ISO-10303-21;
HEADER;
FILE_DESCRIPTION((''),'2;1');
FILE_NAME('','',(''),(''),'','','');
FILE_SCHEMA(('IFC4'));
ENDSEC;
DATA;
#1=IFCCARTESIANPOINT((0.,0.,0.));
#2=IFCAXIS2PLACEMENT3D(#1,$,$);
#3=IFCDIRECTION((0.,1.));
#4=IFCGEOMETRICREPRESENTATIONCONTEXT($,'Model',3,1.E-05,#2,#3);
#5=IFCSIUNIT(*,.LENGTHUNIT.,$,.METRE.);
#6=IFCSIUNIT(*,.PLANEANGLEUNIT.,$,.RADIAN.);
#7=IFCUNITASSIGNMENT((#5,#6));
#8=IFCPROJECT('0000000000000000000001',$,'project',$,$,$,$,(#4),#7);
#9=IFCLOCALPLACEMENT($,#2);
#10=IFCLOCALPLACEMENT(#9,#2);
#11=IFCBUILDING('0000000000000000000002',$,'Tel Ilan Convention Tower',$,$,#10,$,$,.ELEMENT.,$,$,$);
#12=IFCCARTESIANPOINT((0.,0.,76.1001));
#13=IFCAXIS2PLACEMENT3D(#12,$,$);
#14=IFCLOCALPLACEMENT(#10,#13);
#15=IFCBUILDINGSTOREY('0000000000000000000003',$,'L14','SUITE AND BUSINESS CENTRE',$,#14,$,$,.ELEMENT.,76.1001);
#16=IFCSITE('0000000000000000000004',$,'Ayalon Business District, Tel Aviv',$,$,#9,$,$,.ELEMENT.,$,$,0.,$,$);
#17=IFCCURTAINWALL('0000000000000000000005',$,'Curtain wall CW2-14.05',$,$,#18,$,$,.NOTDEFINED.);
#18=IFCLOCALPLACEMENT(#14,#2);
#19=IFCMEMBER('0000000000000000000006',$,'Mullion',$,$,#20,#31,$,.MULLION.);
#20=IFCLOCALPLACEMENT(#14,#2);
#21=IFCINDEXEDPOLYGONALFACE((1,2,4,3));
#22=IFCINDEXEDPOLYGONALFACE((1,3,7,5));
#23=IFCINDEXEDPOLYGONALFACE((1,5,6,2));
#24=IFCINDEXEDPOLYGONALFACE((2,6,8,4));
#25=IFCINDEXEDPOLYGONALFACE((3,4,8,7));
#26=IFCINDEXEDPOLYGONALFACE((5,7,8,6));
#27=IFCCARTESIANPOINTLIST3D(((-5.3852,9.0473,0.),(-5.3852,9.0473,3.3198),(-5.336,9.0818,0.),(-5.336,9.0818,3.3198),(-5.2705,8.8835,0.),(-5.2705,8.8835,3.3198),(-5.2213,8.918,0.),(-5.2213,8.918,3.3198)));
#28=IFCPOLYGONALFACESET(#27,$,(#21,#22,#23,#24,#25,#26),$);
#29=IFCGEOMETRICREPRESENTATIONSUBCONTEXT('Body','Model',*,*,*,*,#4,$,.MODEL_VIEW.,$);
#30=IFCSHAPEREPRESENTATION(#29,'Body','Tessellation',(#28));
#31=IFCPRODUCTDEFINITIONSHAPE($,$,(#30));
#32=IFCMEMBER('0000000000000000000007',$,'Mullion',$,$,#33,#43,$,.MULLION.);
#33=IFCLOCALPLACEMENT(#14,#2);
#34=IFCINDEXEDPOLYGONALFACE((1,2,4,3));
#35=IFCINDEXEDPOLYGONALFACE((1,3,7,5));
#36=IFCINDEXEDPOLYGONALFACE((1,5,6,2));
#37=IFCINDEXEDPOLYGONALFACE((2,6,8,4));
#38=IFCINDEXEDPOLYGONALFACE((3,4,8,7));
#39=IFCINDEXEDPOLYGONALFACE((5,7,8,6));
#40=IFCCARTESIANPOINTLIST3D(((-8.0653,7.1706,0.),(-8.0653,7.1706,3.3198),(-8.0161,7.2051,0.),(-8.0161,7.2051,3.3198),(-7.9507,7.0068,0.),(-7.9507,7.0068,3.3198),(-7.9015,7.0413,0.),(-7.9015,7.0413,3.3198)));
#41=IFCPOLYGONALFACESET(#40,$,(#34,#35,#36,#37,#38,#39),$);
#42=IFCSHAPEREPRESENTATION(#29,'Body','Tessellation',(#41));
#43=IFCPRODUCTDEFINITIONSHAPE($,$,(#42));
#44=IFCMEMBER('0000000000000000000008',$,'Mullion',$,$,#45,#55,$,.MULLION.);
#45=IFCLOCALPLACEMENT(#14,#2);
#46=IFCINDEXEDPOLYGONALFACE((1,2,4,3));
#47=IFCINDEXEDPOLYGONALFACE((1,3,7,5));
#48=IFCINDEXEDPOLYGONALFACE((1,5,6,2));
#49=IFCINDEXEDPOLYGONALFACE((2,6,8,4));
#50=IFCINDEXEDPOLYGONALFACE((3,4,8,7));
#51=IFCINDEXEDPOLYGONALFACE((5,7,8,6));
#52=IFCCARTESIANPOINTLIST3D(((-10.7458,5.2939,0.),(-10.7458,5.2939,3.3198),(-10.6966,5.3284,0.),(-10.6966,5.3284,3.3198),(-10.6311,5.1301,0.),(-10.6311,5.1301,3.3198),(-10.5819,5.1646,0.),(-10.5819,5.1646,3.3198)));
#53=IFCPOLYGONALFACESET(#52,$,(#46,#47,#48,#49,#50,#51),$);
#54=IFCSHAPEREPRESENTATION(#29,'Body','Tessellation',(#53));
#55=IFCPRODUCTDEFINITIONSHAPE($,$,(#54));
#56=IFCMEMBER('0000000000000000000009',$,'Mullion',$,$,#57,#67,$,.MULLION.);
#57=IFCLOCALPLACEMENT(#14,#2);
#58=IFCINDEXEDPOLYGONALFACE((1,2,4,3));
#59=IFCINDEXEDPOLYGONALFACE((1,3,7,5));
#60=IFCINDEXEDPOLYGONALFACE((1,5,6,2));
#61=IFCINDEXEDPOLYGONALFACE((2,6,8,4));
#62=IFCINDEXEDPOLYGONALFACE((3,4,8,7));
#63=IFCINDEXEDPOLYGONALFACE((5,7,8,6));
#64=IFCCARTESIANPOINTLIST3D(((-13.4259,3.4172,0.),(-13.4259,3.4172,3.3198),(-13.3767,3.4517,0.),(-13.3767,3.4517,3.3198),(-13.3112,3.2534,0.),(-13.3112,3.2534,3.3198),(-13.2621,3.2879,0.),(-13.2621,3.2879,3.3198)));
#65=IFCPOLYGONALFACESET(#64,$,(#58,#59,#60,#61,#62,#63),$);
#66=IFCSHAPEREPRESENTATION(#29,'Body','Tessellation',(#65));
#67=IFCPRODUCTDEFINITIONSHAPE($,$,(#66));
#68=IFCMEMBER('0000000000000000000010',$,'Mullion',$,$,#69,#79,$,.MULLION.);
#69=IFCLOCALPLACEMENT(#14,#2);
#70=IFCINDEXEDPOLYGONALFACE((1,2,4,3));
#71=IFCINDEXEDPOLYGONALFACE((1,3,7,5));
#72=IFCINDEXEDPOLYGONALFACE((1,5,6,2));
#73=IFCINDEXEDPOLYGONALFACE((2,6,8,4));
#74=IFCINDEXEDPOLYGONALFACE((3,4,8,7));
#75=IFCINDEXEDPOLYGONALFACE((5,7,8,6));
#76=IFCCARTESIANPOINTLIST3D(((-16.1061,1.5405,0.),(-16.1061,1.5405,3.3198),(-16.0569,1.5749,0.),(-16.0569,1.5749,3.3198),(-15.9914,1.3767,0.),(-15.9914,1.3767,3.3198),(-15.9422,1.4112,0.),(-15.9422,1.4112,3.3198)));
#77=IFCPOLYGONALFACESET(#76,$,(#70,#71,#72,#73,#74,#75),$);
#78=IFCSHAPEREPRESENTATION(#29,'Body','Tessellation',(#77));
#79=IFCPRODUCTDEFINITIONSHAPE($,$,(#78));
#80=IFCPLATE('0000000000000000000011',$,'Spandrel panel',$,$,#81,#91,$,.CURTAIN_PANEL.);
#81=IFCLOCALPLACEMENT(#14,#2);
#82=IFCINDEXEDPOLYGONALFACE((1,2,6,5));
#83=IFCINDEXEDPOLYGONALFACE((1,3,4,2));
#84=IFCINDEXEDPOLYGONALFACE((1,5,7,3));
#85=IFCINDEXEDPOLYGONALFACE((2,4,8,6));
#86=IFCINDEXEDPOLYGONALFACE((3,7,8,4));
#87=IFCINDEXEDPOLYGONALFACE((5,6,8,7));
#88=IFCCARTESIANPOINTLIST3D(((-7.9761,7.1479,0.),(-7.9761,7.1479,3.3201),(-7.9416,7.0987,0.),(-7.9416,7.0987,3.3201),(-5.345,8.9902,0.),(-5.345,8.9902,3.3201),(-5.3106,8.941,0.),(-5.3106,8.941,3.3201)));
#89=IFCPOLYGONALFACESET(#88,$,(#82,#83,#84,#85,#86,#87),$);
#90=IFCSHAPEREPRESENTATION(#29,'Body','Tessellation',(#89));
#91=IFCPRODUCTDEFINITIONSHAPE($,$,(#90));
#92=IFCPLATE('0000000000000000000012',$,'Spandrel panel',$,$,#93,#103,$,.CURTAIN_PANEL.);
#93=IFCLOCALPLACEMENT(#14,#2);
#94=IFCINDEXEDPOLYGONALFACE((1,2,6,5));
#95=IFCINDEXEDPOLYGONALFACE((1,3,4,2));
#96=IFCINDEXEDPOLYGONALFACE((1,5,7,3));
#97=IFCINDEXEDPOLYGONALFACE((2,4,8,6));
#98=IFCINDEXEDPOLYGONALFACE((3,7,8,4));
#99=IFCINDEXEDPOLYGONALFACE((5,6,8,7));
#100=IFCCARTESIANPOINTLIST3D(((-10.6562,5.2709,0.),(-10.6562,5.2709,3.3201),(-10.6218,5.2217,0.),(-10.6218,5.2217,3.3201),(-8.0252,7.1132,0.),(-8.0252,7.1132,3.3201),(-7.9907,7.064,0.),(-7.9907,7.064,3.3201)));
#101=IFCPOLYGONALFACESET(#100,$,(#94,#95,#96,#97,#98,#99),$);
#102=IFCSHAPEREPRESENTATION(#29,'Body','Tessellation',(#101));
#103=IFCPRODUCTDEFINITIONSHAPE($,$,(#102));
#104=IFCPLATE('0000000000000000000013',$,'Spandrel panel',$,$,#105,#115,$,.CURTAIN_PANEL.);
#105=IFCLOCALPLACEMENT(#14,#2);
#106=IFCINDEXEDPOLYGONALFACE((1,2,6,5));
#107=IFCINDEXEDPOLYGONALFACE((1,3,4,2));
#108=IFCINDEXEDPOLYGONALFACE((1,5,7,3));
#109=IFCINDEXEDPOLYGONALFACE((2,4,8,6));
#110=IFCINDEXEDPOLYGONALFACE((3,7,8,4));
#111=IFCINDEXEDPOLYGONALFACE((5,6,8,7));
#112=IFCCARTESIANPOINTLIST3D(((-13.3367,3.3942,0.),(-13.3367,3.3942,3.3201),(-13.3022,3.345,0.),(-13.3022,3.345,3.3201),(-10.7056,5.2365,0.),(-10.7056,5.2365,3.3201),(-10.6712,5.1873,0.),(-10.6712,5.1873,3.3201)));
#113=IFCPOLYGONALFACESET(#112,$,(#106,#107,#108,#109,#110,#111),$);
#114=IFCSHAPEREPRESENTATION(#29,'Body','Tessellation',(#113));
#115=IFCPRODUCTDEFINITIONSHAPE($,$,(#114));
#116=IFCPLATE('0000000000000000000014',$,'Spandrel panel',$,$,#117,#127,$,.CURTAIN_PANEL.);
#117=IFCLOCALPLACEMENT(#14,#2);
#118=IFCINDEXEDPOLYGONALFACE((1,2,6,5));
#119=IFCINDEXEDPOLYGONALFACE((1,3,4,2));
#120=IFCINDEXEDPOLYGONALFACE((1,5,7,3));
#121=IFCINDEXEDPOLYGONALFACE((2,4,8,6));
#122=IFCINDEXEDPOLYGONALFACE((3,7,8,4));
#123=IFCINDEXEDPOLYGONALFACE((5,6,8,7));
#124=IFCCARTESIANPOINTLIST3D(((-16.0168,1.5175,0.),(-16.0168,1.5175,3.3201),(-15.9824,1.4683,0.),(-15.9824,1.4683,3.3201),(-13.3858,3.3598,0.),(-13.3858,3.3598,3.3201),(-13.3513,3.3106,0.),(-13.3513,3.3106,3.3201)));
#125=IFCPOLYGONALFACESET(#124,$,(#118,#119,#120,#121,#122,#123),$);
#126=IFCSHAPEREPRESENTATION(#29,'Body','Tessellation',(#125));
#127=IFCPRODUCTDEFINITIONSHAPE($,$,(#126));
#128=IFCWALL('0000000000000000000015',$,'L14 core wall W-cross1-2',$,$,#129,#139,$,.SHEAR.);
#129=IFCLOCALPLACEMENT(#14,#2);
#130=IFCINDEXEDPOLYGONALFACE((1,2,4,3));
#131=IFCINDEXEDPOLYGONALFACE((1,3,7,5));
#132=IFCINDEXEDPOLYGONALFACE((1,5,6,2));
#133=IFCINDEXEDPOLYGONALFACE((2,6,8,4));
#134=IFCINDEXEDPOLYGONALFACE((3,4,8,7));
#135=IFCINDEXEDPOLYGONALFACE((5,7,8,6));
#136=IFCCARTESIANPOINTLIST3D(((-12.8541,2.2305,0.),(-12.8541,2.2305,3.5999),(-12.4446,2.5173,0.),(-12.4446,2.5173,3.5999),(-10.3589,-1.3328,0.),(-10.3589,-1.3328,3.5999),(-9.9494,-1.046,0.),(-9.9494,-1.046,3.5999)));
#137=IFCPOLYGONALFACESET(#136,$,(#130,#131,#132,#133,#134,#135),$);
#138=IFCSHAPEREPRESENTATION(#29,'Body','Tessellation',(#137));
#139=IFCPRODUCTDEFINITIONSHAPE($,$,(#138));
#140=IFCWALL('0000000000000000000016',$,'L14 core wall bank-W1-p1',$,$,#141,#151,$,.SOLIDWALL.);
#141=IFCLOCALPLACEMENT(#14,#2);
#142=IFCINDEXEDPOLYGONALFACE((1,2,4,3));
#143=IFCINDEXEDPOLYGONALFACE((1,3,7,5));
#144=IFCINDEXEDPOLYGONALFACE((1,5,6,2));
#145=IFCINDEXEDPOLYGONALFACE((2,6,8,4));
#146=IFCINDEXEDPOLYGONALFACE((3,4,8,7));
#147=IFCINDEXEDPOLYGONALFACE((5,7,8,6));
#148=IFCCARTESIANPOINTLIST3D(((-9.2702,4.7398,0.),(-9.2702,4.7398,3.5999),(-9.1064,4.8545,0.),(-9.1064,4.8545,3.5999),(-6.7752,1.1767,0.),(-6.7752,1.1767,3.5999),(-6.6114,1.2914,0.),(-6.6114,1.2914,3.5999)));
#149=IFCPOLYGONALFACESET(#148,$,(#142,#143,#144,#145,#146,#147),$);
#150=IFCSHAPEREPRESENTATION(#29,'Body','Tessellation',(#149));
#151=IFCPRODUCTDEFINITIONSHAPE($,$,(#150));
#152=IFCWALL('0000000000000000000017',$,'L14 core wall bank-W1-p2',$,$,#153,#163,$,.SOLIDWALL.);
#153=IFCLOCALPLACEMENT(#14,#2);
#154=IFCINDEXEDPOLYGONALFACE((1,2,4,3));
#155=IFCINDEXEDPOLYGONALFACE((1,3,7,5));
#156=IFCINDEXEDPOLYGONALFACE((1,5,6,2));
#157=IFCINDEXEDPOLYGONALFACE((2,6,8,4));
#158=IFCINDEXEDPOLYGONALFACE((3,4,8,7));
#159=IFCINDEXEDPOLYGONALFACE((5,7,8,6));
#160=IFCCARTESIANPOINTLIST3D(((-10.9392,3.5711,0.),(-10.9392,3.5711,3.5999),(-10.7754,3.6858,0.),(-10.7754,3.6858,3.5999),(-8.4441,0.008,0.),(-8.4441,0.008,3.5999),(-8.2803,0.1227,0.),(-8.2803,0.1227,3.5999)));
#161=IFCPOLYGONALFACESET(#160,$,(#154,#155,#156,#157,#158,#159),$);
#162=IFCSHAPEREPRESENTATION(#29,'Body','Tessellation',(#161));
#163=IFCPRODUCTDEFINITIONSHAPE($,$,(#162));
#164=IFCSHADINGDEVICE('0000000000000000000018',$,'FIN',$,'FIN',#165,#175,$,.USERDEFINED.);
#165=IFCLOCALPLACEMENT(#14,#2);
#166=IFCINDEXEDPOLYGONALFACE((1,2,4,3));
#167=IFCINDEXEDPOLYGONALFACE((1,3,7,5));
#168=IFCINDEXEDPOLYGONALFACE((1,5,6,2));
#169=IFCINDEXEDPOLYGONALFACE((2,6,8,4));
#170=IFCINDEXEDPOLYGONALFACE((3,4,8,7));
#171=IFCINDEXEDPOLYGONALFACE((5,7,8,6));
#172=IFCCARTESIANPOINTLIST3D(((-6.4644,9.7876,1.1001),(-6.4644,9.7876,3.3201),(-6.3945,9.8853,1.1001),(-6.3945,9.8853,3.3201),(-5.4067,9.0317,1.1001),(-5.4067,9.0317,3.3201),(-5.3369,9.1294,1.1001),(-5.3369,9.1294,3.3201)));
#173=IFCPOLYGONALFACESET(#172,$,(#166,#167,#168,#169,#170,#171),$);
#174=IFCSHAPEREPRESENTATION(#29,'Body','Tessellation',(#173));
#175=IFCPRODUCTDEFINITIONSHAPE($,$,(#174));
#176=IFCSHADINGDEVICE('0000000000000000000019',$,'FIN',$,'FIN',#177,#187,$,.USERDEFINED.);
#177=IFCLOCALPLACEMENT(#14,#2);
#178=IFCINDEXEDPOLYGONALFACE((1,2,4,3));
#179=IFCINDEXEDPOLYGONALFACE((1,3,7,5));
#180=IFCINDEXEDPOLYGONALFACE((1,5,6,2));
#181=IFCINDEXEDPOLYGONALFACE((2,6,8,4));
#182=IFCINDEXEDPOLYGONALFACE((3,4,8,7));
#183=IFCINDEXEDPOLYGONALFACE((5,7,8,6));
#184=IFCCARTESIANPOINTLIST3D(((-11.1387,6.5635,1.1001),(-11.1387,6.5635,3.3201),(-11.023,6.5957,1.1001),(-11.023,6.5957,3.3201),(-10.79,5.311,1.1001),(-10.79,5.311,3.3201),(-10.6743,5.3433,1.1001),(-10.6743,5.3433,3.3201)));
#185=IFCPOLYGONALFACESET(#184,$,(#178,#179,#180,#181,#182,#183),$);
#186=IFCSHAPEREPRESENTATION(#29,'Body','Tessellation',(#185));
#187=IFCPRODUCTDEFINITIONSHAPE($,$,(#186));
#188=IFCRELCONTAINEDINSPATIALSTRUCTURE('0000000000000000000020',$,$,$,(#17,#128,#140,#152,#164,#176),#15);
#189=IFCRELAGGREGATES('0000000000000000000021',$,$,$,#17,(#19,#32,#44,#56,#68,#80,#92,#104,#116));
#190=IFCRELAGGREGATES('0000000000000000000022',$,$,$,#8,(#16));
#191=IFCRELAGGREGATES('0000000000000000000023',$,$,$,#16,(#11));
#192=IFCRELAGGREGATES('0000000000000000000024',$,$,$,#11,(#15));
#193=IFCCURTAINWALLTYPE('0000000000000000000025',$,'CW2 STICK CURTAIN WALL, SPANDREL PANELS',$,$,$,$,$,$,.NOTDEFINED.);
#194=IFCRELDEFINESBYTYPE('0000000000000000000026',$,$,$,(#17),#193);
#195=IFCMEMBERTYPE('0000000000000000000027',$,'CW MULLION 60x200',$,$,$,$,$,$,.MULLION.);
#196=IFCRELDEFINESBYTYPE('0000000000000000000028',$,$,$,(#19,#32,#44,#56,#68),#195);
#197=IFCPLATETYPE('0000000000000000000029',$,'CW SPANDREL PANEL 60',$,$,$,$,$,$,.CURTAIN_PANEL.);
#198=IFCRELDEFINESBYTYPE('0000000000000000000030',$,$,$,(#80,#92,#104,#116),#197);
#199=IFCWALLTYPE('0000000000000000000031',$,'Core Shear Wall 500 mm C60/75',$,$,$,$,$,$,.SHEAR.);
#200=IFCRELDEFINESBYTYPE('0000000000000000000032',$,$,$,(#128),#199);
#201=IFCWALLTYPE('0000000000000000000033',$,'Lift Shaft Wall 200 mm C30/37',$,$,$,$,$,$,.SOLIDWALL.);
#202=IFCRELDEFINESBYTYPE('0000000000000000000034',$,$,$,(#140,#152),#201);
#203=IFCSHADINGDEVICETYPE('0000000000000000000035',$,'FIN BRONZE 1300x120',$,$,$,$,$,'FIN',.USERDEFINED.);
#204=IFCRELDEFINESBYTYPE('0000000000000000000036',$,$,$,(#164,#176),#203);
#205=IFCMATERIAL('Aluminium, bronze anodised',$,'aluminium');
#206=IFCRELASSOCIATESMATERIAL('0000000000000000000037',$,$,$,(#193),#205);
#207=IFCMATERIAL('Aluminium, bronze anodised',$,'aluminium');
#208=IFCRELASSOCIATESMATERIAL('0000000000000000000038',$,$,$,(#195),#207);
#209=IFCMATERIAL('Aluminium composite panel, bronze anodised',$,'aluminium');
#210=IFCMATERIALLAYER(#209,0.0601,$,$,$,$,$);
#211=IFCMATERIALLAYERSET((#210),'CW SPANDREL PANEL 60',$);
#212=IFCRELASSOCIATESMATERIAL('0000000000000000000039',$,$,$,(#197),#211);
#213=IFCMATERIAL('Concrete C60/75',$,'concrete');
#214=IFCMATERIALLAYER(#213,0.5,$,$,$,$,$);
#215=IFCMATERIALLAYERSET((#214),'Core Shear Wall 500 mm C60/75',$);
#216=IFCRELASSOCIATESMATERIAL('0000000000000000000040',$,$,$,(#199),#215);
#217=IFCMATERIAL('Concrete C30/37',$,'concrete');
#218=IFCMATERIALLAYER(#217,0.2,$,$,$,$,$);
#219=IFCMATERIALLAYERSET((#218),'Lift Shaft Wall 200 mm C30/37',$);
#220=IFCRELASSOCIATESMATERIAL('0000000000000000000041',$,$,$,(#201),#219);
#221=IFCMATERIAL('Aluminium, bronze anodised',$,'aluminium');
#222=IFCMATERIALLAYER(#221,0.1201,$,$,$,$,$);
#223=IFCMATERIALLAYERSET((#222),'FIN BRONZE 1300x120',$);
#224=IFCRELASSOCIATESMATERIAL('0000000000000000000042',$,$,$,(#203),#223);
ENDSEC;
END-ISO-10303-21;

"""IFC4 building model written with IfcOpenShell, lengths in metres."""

from ifc_helpers import new_model, si_unit, direction, frame, frame_2d, origin, origin_2d, place, context, subcontext, project, spatial, polyline, rectangle, outline, extrude, material, layer, layer_set, material_profile, profile_set, type_object, element, aggregate, save


model = new_model("IFC4")

# Units and contexts
model_context = context("Model", 3, precision=1e-05, world=origin(), true_north=direction((0.0, 1.0)))
body_context = subcontext(model_context, "Body", "Model", "MODEL_VIEW")
ifc_project = project(units=[si_unit("LENGTHUNIT", "METRE"), si_unit("PLANEANGLEUNIT", "RADIAN")], contexts=[model_context])

# Site, building, storey
site_placement = place(None, origin())
site = spatial("IfcSite", under=ifc_project, at=site_placement, Name="Ayalon Business District, Tel Aviv", CompositionType="ELEMENT", RefElevation=0.0)
building_placement = place(site_placement, origin())
building = spatial("IfcBuilding", under=site, at=building_placement, Name="Tel Ilan Convention Tower", CompositionType="ELEMENT")
storey_placement = place(building_placement, frame((0.0, 0.0, 76.1001)))
storey = spatial("IfcBuildingStorey", under=building, at=storey_placement, Name="L14", Description="SUITE AND BUSINESS CENTRE", CompositionType="ELEMENT", Elevation=76.1001)

# Curtain wall, members, plates
ifc_material_1 = material(Name="Aluminium, bronze anodised", Category="aluminium")
curtain_wall_type = type_object("IfcCurtainWallType", Name="CW2 STICK CURTAIN WALL, SPANDREL PANELS", PredefinedType="NOTDEFINED", material=ifc_material_1)
curtain_wall_placement = place(storey_placement, origin())
curtain_wall = element("IfcCurtainWall", 1, at=curtain_wall_placement, inside=storey, type_object=curtain_wall_type, Name="Curtain wall CW2-14.05", PredefinedType="NOTDEFINED")
ifc_material_2 = material(Name="Aluminium, bronze anodised", Category="aluminium")
ifc_material_profile = material_profile(ifc_material_2, rectangle(XDim=0.0601, YDim=0.2, at=origin_2d()), Name="CW MULLION 60x200")
ifc_profile_set = profile_set([ifc_material_profile], Name="Aluminium, bronze anodised")
member_type = type_object("IfcMemberType", Name="CW MULLION 60x200", PredefinedType="MULLION", material=ifc_profile_set)
member_1_placement = place(storey_placement, frame((-5.3032, 8.9827, 0.0), z_axis=(0.0, 0.0, 1.0), x_axis=(-0.819152, -0.573576, 0.0)))
member_1 = element("IfcMember", 2, at=member_1_placement, type_object=member_type, Name="Mullion", PredefinedType="MULLION", context=body_context, shape_type="SweptSolid", body=[
    extrude(rectangle(XDim=0.0601, YDim=0.2, at=origin_2d()), origin(), (0.0, 0.0, 1.0), 3.3198),
])
member_2_placement = place(storey_placement, frame((-7.9834, 7.106, 0.0), z_axis=(0.0, 0.0, 1.0), x_axis=(-0.819152, -0.573576, 0.0)))
member_2 = element("IfcMember", 3, at=member_2_placement, type_object=member_type, Name="Mullion", PredefinedType="MULLION", context=body_context, shape_type="SweptSolid", body=[
    extrude(rectangle(XDim=0.0601, YDim=0.2, at=origin_2d()), origin(), (0.0, 0.0, 1.0), 3.3198),
])
member_3_placement = place(storey_placement, frame((-10.6638, 5.2292, 0.0), z_axis=(0.0, 0.0, 1.0), x_axis=(-0.819152, -0.573576, 0.0)))
member_3 = element("IfcMember", 4, at=member_3_placement, type_object=member_type, Name="Mullion", PredefinedType="MULLION", context=body_context, shape_type="SweptSolid", body=[
    extrude(rectangle(XDim=0.0601, YDim=0.2, at=origin_2d()), origin(), (0.0, 0.0, 1.0), 3.3198),
])
member_4_placement = place(storey_placement, frame((-13.344, 3.3525, 0.0), z_axis=(0.0, 0.0, 1.0), x_axis=(-0.819152, -0.573576, 0.0)))
member_4 = element("IfcMember", 5, at=member_4_placement, type_object=member_type, Name="Mullion", PredefinedType="MULLION", context=body_context, shape_type="SweptSolid", body=[
    extrude(rectangle(XDim=0.0601, YDim=0.2, at=origin_2d()), origin(), (0.0, 0.0, 1.0), 3.3198),
])
member_5_placement = place(storey_placement, frame((-16.0242, 1.4758, 0.0), z_axis=(0.0, 0.0, 1.0), x_axis=(-0.819152, -0.573576, 0.0)))
member_5 = element("IfcMember", 6, at=member_5_placement, type_object=member_type, Name="Mullion", PredefinedType="MULLION", context=body_context, shape_type="SweptSolid", body=[
    extrude(rectangle(XDim=0.0601, YDim=0.2, at=origin_2d()), origin(), (0.0, 0.0, 1.0), 3.3198),
])
ifc_material_3 = material(Name="Aluminium composite panel, bronze anodised", Category="aluminium")
ifc_layer_1 = layer(ifc_material_3, 0.0601)
ifc_layer_set_1 = layer_set([ifc_layer_1], Name="CW SPANDREL PANEL 60")
plate_type = type_object("IfcPlateType", Name="CW SPANDREL PANEL 60", PredefinedType="CURTAIN_PANEL", material=ifc_layer_set_1)
plate_1_placement = place(storey_placement, frame((-6.6433, 8.0444, 0.0), z_axis=(0.0, 0.0, 1.0), x_axis=(-0.819152, -0.573576, 0.0)))
plate_1 = element("IfcPlate", 7, at=plate_1_placement, type_object=plate_type, Name="Spandrel panel", PredefinedType="CURTAIN_PANEL", context=body_context, shape_type="SweptSolid", body=[
    extrude(rectangle(XDim=3.2119, YDim=0.0601, at=origin_2d()), origin(), (0.0, 0.0, 1.0), 3.3201),
])
plate_2_placement = place(storey_placement, frame((-9.3235, 6.1675, 0.0), z_axis=(0.0, 0.0, 1.0), x_axis=(-0.819152, -0.573576, 0.0)))
plate_2 = element("IfcPlate", 8, at=plate_2_placement, type_object=plate_type, Name="Spandrel panel", PredefinedType="CURTAIN_PANEL", context=body_context, shape_type="SweptSolid", body=[
    extrude(rectangle(XDim=3.2119, YDim=0.0601, at=origin_2d()), origin(), (0.0, 0.0, 1.0), 3.3201),
])
plate_3_placement = place(storey_placement, frame((-12.0039, 4.2908, 0.0), z_axis=(0.0, 0.0, 1.0), x_axis=(-0.819152, -0.573576, 0.0)))
plate_3 = element("IfcPlate", 9, at=plate_3_placement, type_object=plate_type, Name="Spandrel panel", PredefinedType="CURTAIN_PANEL", context=body_context, shape_type="SweptSolid", body=[
    extrude(rectangle(XDim=3.2119, YDim=0.0601, at=origin_2d()), origin(), (0.0, 0.0, 1.0), 3.3201),
])
plate_4_placement = place(storey_placement, frame((-14.6841, 2.4141, 0.0), z_axis=(0.0, 0.0, 1.0), x_axis=(-0.819152, -0.573576, 0.0)))
plate_4 = element("IfcPlate", 10, at=plate_4_placement, type_object=plate_type, Name="Spandrel panel", PredefinedType="CURTAIN_PANEL", context=body_context, shape_type="SweptSolid", body=[
    extrude(rectangle(XDim=3.2119, YDim=0.0601, at=origin_2d()), origin(), (0.0, 0.0, 1.0), 3.3201),
])
aggregate(curtain_wall, [member_1, member_2, member_3, member_4, member_5, plate_1, plate_2, plate_3, plate_4])

# Walls
ifc_material_4 = material(Name="Concrete C60/75", Category="concrete")
ifc_layer_2 = layer(ifc_material_4, 0.5)
ifc_layer_set_2 = layer_set([ifc_layer_2], Name="Core Shear Wall 500 mm C60/75")
wall_type_1 = type_object("IfcWallType", Name="Core Shear Wall 500 mm C60/75", PredefinedType="SHEAR", material=ifc_layer_set_2)
wall_placement = place(storey_placement, frame((-10.1543, -1.1892, 0.0), z_axis=(0.0, 0.0, 1.0), x_axis=(-0.573594, 0.81914, 0.0)))
element("IfcWall", 11, at=wall_placement, inside=storey, type_object=wall_type_1, Name="L14 core wall W-cross1-2", PredefinedType="SHEAR", context=body_context, shape_type="SweptSolid", body=[
    extrude(outline(polyline([(4.3499, -0.25), (4.3499, 0.25), (-0.0002, 0.25), (-0.0002, -0.25), (4.3499, -0.25)])), origin(), (0.0, 0.0, 1.0), 3.5999),
])
ifc_material_5 = material(Name="Concrete C30/37", Category="concrete")
ifc_layer_3 = layer(ifc_material_5, 0.2)
ifc_layer_set_3 = layer_set([ifc_layer_3], Name="Lift Shaft Wall 200 mm C30/37")
wall_type_2 = type_object("IfcWallType", Name="Lift Shaft Wall 200 mm C30/37", PredefinedType="SOLIDWALL", material=ifc_layer_set_3)
for number, where, z_axis, x_axis, name in (
    (12, (-6.6934, 1.2341, 0.0), (0.0, 0.0, 1.0), (-0.573594, 0.81914, 0.0), "L14 core wall bank-W1-p1"),
    (13, (-8.3623, 0.0654, 0.0), (0.0, 0.0, 1.0), (-0.573594, 0.81914, 0.0), "L14 core wall bank-W1-p2"),
):
    element("IfcWall", number, at=place(storey_placement, frame(where, z_axis=z_axis, x_axis=x_axis)), inside=storey, type_object=wall_type_2, Name=name, PredefinedType="SOLIDWALL", context=body_context, shape_type="SweptSolid", body=[
        extrude(rectangle(XDim=4.3499, YDim=0.2, at=frame_2d((2.1748, 0.0))), origin(), (0.0, 0.0, 1.0), 3.5999),
    ])

# Shading devices
ifc_material_6 = material(Name="Aluminium, bronze anodised", Category="aluminium")
ifc_layer_4 = layer(ifc_material_6, 0.1201)
ifc_layer_set_4 = layer_set([ifc_layer_4], Name="FIN BRONZE 1300x120")
shading_device_type = type_object("IfcShadingDeviceType", Name="FIN BRONZE 1300x120", ElementType="FIN", PredefinedType="USERDEFINED", material=ifc_layer_set_4)
for number, where, z_axis, x_axis, name in (
    (14, (-5.9006, 9.4585, 1.1001), (0.0, 0.0, 1.0), (-0.813552, 0.581492, 0.0), "FIN"),
    (15, (-10.9065, 5.9534, 1.1001), (0.0, 0.0, 1.0), (-0.268173, 0.963371, 0.0), "FIN"),
):
    element("IfcShadingDevice", number, at=place(storey_placement, frame(where, z_axis=z_axis, x_axis=x_axis)), inside=storey, type_object=shading_device_type, Name=name, ObjectType="FIN", PredefinedType="USERDEFINED", context=body_context, shape_type="SweptSolid", body=[
        extrude(rectangle(XDim=1.3, YDim=0.1201, at=origin_2d()), origin(), (0.0, 0.0, 1.0), 2.22),
    ])

save(model, "model.ifc")
